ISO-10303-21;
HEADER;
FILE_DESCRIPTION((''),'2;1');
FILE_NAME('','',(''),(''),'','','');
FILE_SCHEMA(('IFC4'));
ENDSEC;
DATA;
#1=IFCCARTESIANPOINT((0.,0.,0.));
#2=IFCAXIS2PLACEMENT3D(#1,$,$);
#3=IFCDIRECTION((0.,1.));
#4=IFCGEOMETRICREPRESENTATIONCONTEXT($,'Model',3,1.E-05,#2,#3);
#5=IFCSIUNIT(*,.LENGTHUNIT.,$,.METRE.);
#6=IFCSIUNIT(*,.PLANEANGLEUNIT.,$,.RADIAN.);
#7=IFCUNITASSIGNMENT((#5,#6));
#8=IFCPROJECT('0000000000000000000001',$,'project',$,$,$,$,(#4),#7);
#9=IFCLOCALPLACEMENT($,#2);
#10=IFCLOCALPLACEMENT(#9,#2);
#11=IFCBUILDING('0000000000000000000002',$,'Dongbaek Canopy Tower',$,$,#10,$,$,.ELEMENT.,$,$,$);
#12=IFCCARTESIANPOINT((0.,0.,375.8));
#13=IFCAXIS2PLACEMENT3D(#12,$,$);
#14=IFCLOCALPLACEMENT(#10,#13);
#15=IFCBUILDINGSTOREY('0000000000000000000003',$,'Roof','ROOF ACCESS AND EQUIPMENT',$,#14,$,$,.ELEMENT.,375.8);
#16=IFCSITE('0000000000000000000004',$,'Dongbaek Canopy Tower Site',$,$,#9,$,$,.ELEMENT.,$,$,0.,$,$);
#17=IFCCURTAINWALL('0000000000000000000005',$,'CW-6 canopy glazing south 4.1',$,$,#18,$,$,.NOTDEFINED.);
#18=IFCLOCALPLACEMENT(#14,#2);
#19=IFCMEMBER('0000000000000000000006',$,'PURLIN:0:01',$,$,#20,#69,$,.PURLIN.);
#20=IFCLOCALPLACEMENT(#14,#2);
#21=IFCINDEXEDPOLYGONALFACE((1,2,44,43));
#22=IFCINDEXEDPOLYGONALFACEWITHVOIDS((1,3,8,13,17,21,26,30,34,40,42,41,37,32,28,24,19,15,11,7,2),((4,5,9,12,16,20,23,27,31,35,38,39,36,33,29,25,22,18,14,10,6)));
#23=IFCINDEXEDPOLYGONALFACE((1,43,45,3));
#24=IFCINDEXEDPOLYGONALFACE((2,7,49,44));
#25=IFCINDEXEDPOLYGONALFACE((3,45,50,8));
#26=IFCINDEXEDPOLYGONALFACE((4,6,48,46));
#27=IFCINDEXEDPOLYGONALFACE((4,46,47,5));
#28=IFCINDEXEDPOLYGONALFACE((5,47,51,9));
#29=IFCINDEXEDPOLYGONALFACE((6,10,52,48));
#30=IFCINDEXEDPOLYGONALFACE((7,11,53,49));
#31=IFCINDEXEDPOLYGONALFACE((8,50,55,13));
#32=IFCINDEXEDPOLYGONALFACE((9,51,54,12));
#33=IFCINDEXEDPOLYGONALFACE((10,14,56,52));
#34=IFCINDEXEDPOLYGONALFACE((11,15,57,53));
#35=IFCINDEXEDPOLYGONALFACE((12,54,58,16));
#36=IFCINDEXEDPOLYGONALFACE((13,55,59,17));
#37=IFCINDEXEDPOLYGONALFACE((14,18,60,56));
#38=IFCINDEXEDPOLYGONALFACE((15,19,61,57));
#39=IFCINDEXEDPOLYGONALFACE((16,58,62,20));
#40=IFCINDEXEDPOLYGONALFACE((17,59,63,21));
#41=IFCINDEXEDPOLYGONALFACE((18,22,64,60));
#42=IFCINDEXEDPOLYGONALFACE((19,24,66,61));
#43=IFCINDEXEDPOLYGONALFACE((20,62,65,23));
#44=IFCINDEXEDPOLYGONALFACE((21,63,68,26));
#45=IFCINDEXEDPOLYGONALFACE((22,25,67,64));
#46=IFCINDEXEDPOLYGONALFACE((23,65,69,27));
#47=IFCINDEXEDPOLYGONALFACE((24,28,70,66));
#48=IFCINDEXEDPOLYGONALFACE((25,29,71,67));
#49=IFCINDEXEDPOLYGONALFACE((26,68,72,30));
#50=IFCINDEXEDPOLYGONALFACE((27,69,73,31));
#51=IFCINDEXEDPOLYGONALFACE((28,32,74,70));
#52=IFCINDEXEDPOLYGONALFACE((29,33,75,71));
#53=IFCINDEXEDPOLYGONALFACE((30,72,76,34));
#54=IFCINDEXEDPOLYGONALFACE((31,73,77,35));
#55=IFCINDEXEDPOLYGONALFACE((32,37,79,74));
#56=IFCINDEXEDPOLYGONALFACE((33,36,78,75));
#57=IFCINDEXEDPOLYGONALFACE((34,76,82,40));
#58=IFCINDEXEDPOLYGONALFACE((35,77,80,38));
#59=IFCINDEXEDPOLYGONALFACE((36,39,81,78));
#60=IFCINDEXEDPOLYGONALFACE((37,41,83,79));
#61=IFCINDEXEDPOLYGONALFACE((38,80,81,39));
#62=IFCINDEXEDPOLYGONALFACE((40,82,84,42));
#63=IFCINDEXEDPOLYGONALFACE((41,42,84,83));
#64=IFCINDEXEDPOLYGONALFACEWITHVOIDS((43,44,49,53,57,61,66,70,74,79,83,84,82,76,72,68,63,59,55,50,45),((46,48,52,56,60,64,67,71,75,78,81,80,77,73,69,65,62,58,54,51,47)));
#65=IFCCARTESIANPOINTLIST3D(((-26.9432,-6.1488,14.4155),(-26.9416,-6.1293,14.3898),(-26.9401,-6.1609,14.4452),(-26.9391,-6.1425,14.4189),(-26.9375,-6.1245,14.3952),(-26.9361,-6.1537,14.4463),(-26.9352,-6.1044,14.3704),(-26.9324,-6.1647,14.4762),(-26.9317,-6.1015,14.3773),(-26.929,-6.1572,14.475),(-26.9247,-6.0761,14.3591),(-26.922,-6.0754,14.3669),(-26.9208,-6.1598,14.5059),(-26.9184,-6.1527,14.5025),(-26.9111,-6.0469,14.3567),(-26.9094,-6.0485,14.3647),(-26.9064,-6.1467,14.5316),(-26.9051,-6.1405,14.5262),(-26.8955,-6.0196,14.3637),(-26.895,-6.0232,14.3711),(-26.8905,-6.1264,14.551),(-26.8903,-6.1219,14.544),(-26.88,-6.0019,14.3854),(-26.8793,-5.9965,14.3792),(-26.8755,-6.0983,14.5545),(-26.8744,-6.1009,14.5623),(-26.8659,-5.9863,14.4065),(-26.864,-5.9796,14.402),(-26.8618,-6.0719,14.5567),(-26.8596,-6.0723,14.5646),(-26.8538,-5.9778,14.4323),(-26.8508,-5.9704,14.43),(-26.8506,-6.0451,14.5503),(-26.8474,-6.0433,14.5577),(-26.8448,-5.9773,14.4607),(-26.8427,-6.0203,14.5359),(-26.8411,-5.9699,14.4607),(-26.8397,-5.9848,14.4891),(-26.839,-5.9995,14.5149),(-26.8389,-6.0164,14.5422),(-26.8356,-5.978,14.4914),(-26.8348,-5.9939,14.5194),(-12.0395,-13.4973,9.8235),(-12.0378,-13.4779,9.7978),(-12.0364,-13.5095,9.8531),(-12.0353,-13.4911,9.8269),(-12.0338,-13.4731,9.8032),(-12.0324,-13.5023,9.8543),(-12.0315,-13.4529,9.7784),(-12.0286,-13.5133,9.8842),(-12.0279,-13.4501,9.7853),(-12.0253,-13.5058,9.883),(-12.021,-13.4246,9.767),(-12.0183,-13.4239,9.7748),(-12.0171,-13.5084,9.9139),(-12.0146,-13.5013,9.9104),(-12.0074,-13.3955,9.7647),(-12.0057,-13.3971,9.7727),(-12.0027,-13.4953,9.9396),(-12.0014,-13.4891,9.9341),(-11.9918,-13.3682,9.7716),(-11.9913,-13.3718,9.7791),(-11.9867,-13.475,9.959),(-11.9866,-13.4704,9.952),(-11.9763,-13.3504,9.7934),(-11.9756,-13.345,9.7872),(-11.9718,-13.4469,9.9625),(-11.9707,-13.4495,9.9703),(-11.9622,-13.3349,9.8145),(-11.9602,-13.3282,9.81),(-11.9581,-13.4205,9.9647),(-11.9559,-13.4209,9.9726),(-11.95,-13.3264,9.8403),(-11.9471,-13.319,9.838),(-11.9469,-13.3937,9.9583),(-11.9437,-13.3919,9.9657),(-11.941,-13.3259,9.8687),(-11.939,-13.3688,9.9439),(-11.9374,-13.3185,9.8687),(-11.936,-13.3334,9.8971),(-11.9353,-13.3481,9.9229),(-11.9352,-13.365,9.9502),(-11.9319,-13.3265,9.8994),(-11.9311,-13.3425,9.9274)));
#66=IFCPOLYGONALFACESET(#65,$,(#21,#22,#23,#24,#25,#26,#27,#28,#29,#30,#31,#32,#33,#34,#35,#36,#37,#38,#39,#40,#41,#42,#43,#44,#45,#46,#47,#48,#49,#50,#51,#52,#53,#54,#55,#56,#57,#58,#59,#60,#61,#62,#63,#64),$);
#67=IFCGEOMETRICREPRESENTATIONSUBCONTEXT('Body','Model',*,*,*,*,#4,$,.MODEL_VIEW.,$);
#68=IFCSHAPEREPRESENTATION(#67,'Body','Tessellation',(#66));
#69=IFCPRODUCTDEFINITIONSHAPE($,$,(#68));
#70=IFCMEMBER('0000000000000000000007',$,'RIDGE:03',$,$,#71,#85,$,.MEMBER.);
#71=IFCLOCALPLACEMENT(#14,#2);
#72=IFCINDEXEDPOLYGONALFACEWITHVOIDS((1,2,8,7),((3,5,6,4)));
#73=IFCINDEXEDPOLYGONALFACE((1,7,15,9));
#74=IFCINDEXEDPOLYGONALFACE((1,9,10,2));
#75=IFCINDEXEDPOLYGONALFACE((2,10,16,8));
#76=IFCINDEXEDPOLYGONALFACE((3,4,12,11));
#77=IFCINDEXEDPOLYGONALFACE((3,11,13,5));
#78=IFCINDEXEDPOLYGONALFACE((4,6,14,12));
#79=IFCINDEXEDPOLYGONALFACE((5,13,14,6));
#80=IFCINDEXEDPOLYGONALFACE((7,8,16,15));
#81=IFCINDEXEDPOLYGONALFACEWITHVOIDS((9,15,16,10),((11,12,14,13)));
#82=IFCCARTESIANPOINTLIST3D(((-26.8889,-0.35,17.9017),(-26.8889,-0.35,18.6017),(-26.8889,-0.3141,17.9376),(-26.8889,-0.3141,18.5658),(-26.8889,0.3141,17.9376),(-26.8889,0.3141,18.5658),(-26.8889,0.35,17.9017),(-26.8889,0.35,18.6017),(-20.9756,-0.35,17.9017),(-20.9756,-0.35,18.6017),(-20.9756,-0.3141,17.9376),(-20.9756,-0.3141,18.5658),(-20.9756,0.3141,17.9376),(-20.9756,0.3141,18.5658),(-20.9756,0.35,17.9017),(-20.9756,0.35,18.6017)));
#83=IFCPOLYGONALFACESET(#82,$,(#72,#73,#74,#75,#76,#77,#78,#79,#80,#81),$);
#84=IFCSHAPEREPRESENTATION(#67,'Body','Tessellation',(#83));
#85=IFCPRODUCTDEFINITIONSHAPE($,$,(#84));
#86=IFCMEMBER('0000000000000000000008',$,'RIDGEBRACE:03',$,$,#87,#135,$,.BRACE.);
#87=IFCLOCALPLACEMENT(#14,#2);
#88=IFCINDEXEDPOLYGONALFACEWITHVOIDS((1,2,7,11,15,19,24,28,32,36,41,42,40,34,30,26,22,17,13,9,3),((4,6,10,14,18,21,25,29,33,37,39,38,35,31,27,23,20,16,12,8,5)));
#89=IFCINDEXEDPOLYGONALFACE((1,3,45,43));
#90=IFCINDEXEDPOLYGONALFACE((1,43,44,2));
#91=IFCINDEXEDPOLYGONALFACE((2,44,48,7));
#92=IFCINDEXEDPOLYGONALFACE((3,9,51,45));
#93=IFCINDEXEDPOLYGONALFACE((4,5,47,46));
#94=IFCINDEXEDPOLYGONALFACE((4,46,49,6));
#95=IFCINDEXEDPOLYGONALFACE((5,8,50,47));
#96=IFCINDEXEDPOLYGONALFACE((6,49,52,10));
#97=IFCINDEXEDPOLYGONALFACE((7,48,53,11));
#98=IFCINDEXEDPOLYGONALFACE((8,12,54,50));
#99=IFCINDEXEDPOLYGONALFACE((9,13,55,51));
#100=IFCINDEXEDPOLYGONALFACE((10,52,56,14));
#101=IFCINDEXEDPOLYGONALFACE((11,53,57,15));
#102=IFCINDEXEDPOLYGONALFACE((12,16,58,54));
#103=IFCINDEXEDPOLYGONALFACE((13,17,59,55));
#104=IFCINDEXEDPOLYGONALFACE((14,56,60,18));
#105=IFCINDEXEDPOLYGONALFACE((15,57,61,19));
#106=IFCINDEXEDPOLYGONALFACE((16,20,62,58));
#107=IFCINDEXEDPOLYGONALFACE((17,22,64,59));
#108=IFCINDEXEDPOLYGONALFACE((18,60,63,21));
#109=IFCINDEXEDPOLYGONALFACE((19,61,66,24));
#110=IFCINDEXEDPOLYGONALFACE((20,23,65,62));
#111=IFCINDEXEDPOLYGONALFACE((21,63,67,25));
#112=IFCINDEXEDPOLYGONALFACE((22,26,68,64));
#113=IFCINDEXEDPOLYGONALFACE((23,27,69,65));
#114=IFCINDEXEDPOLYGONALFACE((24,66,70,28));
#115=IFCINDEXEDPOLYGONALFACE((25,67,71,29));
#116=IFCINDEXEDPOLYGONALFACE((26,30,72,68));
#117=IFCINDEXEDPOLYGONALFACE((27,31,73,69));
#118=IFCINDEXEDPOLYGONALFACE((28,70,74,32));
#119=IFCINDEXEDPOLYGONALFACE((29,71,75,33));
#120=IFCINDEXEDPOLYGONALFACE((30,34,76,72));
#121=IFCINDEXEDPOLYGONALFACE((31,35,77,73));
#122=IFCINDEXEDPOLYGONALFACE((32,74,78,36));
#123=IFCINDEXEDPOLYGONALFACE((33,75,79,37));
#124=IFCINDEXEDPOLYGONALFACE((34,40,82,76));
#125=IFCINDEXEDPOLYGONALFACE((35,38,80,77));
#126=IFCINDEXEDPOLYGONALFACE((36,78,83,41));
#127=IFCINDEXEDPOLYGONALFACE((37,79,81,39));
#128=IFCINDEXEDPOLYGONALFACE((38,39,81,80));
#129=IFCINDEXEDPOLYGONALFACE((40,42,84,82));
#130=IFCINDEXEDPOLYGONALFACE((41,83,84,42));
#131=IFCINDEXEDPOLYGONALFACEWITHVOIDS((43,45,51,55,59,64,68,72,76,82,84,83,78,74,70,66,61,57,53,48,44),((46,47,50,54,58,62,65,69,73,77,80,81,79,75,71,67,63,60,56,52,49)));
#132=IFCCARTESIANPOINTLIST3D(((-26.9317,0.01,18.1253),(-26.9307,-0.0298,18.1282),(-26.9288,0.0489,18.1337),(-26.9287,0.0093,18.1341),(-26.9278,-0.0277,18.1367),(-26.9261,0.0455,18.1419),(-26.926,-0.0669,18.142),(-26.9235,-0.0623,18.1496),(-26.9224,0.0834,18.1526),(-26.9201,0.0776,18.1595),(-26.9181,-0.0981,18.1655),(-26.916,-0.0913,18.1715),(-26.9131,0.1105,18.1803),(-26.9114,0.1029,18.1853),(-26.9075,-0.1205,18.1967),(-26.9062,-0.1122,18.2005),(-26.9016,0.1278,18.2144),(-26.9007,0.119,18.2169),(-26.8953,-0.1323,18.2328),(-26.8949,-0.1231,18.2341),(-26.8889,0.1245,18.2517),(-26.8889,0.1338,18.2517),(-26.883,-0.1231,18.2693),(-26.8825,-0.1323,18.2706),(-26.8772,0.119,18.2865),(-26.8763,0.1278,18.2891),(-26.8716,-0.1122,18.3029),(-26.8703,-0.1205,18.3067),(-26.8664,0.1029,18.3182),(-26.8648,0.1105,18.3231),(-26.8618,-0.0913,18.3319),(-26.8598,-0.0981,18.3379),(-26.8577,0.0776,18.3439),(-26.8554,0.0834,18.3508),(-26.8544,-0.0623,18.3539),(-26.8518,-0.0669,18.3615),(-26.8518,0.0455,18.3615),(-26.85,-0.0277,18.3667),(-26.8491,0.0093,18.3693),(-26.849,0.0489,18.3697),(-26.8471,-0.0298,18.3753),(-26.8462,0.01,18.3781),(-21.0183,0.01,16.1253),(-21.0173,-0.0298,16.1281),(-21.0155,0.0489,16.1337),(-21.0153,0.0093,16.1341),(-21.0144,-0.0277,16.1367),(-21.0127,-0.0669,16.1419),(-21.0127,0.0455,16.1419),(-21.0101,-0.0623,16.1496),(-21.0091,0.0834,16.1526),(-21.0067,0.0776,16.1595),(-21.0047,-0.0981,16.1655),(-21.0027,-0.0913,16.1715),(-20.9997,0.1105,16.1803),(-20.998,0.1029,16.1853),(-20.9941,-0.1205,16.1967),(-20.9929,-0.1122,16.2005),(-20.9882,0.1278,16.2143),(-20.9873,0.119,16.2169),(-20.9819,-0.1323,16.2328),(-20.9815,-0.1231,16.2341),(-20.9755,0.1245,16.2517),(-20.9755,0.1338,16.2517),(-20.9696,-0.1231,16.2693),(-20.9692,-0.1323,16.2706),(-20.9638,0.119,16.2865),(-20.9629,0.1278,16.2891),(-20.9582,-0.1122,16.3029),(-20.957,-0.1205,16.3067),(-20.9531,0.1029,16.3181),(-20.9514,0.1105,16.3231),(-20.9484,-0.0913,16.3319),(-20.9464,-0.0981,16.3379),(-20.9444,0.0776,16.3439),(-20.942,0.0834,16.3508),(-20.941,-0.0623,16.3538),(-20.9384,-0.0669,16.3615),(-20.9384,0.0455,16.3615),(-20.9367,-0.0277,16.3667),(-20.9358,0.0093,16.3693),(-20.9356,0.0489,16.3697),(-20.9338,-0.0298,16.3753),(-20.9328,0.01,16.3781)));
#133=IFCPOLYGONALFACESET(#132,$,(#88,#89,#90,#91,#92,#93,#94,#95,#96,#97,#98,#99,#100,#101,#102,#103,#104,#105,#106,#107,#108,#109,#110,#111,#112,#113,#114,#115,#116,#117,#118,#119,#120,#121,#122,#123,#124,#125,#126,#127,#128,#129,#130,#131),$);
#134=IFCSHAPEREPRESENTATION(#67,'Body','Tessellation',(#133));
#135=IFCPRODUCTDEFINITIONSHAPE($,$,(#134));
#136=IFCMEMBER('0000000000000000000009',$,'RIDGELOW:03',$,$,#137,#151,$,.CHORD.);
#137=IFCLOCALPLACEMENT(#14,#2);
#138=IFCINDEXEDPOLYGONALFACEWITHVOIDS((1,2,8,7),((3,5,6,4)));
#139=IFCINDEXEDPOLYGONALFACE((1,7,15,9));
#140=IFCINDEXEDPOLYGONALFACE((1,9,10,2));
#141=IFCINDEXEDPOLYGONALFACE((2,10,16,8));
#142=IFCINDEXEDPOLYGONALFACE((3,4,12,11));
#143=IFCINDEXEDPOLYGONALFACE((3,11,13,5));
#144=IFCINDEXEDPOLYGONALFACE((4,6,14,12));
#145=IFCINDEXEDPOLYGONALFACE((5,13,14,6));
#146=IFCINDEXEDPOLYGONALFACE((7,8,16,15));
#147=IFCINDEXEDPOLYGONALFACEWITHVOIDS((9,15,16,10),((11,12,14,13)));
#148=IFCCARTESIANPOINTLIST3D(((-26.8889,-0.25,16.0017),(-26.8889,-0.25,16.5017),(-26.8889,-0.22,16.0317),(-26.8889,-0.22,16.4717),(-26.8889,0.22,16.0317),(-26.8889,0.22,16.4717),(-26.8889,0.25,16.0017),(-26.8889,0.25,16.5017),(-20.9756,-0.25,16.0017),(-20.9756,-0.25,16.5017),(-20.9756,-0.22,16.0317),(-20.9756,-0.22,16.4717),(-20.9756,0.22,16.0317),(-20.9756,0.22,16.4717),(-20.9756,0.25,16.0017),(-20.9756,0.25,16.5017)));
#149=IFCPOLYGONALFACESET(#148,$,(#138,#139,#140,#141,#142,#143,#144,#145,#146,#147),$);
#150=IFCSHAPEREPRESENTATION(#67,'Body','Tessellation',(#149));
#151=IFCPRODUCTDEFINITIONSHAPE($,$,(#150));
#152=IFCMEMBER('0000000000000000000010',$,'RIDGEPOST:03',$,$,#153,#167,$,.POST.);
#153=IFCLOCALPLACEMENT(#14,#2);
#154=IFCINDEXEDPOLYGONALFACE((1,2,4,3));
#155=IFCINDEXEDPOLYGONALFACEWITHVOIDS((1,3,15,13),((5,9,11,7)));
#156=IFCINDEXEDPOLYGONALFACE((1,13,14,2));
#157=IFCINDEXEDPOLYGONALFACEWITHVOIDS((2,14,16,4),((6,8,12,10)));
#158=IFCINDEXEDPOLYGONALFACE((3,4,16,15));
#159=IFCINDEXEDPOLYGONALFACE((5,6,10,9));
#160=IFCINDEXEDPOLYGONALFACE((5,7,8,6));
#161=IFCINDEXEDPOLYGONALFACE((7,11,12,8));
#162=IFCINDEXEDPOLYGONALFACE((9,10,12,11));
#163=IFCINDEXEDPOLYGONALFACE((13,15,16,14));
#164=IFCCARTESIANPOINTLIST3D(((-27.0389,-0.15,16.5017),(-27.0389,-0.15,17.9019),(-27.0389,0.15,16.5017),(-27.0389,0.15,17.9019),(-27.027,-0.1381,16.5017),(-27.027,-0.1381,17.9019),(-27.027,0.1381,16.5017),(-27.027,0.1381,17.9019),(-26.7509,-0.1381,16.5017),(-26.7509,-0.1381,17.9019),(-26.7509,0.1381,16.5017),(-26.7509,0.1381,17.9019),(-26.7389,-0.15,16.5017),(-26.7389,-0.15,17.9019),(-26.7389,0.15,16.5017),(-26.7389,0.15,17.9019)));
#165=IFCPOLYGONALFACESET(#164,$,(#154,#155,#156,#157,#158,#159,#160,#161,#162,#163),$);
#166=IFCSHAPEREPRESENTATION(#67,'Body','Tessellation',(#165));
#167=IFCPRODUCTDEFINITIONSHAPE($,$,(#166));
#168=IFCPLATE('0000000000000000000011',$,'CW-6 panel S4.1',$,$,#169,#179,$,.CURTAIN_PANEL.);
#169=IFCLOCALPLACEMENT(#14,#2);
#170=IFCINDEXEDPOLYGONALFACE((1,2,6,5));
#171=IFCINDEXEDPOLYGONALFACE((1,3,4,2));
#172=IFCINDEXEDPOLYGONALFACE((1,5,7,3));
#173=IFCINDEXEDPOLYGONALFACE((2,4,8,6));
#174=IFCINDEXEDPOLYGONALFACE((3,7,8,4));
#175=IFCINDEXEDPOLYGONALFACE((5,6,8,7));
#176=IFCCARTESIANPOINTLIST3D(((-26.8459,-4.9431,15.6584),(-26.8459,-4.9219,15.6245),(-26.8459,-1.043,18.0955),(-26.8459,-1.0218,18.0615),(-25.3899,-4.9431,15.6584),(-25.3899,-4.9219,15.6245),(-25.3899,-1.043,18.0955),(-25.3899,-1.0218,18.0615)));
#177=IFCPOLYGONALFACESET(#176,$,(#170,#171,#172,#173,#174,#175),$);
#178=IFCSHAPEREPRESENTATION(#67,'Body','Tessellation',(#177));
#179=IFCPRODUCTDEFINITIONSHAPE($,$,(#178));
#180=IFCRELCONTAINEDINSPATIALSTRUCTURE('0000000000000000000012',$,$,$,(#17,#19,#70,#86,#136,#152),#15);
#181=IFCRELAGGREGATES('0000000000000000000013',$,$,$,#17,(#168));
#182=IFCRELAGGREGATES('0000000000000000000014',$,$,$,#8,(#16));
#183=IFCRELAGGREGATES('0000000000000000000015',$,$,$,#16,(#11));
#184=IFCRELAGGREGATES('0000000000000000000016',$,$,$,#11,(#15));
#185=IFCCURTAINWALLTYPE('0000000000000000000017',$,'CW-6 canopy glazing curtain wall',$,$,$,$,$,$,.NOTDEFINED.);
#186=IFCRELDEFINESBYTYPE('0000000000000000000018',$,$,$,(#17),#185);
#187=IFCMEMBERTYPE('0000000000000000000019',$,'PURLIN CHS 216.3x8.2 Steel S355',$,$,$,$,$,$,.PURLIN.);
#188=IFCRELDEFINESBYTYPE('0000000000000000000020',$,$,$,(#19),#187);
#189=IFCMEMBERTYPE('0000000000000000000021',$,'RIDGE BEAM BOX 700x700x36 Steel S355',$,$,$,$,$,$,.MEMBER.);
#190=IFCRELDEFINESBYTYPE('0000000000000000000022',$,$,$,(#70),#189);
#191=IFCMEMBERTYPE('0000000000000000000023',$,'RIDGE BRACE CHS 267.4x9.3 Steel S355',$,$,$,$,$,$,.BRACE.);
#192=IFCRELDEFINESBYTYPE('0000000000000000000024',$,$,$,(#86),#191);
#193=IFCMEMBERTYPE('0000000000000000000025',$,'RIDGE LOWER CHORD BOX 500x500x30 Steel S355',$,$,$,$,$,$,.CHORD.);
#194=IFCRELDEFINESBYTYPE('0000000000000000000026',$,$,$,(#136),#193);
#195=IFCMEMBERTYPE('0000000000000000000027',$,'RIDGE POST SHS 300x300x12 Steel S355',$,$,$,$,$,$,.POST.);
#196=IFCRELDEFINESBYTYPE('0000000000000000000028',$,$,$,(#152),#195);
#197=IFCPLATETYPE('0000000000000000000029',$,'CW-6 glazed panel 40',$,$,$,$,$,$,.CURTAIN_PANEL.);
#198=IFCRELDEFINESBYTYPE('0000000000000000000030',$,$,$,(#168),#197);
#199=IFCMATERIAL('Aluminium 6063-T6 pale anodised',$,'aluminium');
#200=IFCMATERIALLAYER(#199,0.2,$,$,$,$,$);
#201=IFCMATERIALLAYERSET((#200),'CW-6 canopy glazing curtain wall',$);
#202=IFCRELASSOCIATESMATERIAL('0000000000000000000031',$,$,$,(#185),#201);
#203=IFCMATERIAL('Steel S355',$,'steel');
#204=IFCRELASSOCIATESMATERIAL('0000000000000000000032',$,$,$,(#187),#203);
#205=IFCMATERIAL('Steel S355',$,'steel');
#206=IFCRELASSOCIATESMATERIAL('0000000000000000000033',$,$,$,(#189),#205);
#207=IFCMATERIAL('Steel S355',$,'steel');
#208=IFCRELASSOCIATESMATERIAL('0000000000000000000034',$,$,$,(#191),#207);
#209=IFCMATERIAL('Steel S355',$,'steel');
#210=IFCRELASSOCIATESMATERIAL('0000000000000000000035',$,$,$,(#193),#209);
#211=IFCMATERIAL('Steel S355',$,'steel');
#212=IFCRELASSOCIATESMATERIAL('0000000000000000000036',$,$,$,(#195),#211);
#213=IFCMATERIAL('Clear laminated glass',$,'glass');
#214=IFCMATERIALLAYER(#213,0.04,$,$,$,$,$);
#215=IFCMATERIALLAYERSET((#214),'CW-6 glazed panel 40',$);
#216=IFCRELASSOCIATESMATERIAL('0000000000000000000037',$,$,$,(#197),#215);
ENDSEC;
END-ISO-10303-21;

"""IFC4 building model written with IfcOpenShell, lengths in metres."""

from ifc_helpers import new_model, si_unit, direction, frame, origin, origin_2d, place, context, subcontext, project, spatial, polyline, hollow_rectangle, hollow_circle, outline, extrude, material, layer, layer_set, material_profile, profile_set, type_object, element, aggregate, save


model = new_model("IFC4")

# Units and contexts
model_context = context("Model", 3, precision=1e-05, world=origin(), true_north=direction((0.0, 1.0)))
body_context = subcontext(model_context, "Body", "Model", "MODEL_VIEW")
ifc_project = project(units=[si_unit("LENGTHUNIT", "METRE"), si_unit("PLANEANGLEUNIT", "RADIAN")], contexts=[model_context])

# Site, building, storey
site_placement = place(None, origin())
site = spatial("IfcSite", under=ifc_project, at=site_placement, Name="Dongbaek Canopy Tower Site", CompositionType="ELEMENT", RefElevation=0.0)
building_placement = place(site_placement, origin())
building = spatial("IfcBuilding", under=site, at=building_placement, Name="Dongbaek Canopy Tower", CompositionType="ELEMENT")
storey_placement = place(building_placement, frame((0.0, 0.0, 375.8)))
storey = spatial("IfcBuildingStorey", under=building, at=storey_placement, Name="Roof", Description="ROOF ACCESS AND EQUIPMENT", CompositionType="ELEMENT", Elevation=375.8)

# Curtain wall
ifc_material_1 = material(Name="Aluminium 6063-T6 pale anodised", Category="aluminium")
ifc_layer_1 = layer(ifc_material_1, 0.2)
ifc_layer_set_1 = layer_set([ifc_layer_1], Name="CW-6 canopy glazing curtain wall")
curtain_wall_type = type_object("IfcCurtainWallType", Name="CW-6 canopy glazing curtain wall", PredefinedType="NOTDEFINED", material=ifc_layer_set_1)
curtain_wall_1_placement = place(storey_placement, origin())
curtain_wall_1 = element("IfcCurtainWall", 1, at=curtain_wall_1_placement, inside=storey, type_object=curtain_wall_type, Name="CW-6 canopy glazing south 4.1", PredefinedType="NOTDEFINED")

# Members
ifc_material_2 = material(Name="Steel S355", Category="steel")
ifc_material_profile_1 = material_profile(ifc_material_2, hollow_circle(Radius=0.1082, WallThickness=0.0083, at=origin_2d()), Name="PURLIN CHS 216.3x8.2 Steel S355")
ifc_profile_set_1 = profile_set([ifc_material_profile_1], Name="Steel S355")
member_type_1 = type_object("IfcMemberType", Name="PURLIN CHS 216.3x8.2 Steel S355", PredefinedType="PURLIN", material=ifc_profile_set_1)
member_1_placement = place(storey_placement, frame((-26.8889, -6.0669, 14.4607), z_axis=(0.864497, -0.426258, -0.266362), x_axis=(0.442235, 0.896899, 0.0)))
element("IfcMember", 2, at=member_1_placement, inside=storey, type_object=member_type_1, Name="PURLIN:0:01", PredefinedType="PURLIN", context=body_context, shape_type="SweptSolid", body=[
    extrude(hollow_circle(Radius=0.1082, WallThickness=0.0083, at=origin_2d()), origin(), (0.0, 0.0, 1.0), 17.2397),
])
ifc_material_3 = material(Name="Steel S355", Category="steel")
ifc_material_profile_2 = material_profile(ifc_material_3, hollow_rectangle(XDim=0.7, YDim=0.7, WallThickness=0.0359, at=origin_2d()), Name="RIDGE BEAM BOX 700x700x36 Steel S355")
ifc_profile_set_2 = profile_set([ifc_material_profile_2], Name="Steel S355")
member_type_2 = type_object("IfcMemberType", Name="RIDGE BEAM BOX 700x700x36 Steel S355", PredefinedType="MEMBER", material=ifc_profile_set_2)
member_2_placement = place(storey_placement, frame((-26.8889, 0.0, 18.2517), z_axis=(1.0, 0.0, 0.0), x_axis=(0.0, 1.0, 0.0)))
element("IfcMember", 3, at=member_2_placement, inside=storey, type_object=member_type_2, Name="RIDGE:03", PredefinedType="MEMBER", context=body_context, shape_type="SweptSolid", body=[
    extrude(hollow_rectangle(XDim=0.7, YDim=0.7, WallThickness=0.0359, at=origin_2d()), origin(), (0.0, 0.0, 1.0), 5.9133),
])
ifc_material_4 = material(Name="Steel S355", Category="steel")
ifc_material_profile_3 = material_profile(ifc_material_4, hollow_circle(Radius=0.1338, WallThickness=0.0093, at=origin_2d()), Name="RIDGE BRACE CHS 267.4x9.3 Steel S355")
ifc_profile_set_3 = profile_set([ifc_material_profile_3], Name="Steel S355")
member_type_3 = type_object("IfcMemberType", Name="RIDGE BRACE CHS 267.4x9.3 Steel S355", PredefinedType="BRACE", material=ifc_profile_set_3)
member_3_placement = place(storey_placement, frame((-26.8889, 0.0, 18.2517), z_axis=(0.947286, 0.0, -0.32039), x_axis=(0.0, 1.0, 0.0)))
element("IfcMember", 4, at=member_3_placement, inside=storey, type_object=member_type_3, Name="RIDGEBRACE:03", PredefinedType="BRACE", context=body_context, shape_type="SweptSolid", body=[
    extrude(hollow_circle(Radius=0.1338, WallThickness=0.0093, at=origin_2d()), origin(), (0.0, 0.0, 1.0), 6.2424),
])
ifc_material_5 = material(Name="Steel S355", Category="steel")
ifc_material_profile_4 = material_profile(ifc_material_5, hollow_rectangle(XDim=0.5, YDim=0.5, WallThickness=0.03, at=origin_2d()), Name="RIDGE LOWER CHORD BOX 500x500x30 Steel S355")
ifc_profile_set_4 = profile_set([ifc_material_profile_4], Name="Steel S355")
member_type_4 = type_object("IfcMemberType", Name="RIDGE LOWER CHORD BOX 500x500x30 Steel S355", PredefinedType="CHORD", material=ifc_profile_set_4)
member_4_placement = place(storey_placement, frame((-26.8889, 0.0, 16.2517), z_axis=(1.0, 0.0, 0.0), x_axis=(0.0, 1.0, 0.0)))
element("IfcMember", 5, at=member_4_placement, inside=storey, type_object=member_type_4, Name="RIDGELOW:03", PredefinedType="CHORD", context=body_context, shape_type="SweptSolid", body=[
    extrude(hollow_rectangle(XDim=0.5, YDim=0.5, WallThickness=0.03, at=origin_2d()), origin(), (0.0, 0.0, 1.0), 5.9133),
])
ifc_material_6 = material(Name="Steel S355", Category="steel")
ifc_material_profile_5 = material_profile(ifc_material_6, hollow_rectangle(XDim=0.3, YDim=0.3, WallThickness=0.012, at=origin_2d()), Name="RIDGE POST SHS 300x300x12 Steel S355")
ifc_profile_set_5 = profile_set([ifc_material_profile_5], Name="Steel S355")
member_type_5 = type_object("IfcMemberType", Name="RIDGE POST SHS 300x300x12 Steel S355", PredefinedType="POST", material=ifc_profile_set_5)
member_5_placement = place(storey_placement, frame((-26.8889, 0.0, 16.5017), z_axis=(0.0, 0.0, 1.0), x_axis=(1.0, 0.0, 0.0)))
element("IfcMember", 6, at=member_5_placement, inside=storey, type_object=member_type_5, Name="RIDGEPOST:03", PredefinedType="POST", context=body_context, shape_type="SweptSolid", body=[
    extrude(hollow_rectangle(XDim=0.3, YDim=0.3, WallThickness=0.012, at=origin_2d()), origin(), (0.0, 0.0, 1.0), 1.4001),
])

# Plate
ifc_material_7 = material(Name="Clear laminated glass", Category="glass")
ifc_layer_2 = layer(ifc_material_7, 0.04)
ifc_layer_set_2 = layer_set([ifc_layer_2], Name="CW-6 glazed panel 40")
plate_type = type_object("IfcPlateType", Name="CW-6 glazed panel 40", PredefinedType="CURTAIN_PANEL", material=ifc_layer_set_2)
plate_1_placement = place(storey_placement, frame((-26.8459, -1.043, 18.0955), z_axis=(0.0, -0.529908, 0.848055), x_axis=(1.0, 0.0, 0.0)))
plate_1 = element("IfcPlate", 7, at=plate_1_placement, type_object=plate_type, Name="CW-6 panel S4.1", PredefinedType="CURTAIN_PANEL", context=body_context, shape_type="SweptSolid", body=[
    extrude(outline(polyline([(0.0, 0.0), (1.4561, 0.0), (1.4561, -4.5989), (0.0, -4.5989), (0.0, 0.0)])), origin(), (0.0, 0.0, -1.0), 0.04),
])
aggregate(curtain_wall_1, [plate_1])

save(model, "model.ifc")
